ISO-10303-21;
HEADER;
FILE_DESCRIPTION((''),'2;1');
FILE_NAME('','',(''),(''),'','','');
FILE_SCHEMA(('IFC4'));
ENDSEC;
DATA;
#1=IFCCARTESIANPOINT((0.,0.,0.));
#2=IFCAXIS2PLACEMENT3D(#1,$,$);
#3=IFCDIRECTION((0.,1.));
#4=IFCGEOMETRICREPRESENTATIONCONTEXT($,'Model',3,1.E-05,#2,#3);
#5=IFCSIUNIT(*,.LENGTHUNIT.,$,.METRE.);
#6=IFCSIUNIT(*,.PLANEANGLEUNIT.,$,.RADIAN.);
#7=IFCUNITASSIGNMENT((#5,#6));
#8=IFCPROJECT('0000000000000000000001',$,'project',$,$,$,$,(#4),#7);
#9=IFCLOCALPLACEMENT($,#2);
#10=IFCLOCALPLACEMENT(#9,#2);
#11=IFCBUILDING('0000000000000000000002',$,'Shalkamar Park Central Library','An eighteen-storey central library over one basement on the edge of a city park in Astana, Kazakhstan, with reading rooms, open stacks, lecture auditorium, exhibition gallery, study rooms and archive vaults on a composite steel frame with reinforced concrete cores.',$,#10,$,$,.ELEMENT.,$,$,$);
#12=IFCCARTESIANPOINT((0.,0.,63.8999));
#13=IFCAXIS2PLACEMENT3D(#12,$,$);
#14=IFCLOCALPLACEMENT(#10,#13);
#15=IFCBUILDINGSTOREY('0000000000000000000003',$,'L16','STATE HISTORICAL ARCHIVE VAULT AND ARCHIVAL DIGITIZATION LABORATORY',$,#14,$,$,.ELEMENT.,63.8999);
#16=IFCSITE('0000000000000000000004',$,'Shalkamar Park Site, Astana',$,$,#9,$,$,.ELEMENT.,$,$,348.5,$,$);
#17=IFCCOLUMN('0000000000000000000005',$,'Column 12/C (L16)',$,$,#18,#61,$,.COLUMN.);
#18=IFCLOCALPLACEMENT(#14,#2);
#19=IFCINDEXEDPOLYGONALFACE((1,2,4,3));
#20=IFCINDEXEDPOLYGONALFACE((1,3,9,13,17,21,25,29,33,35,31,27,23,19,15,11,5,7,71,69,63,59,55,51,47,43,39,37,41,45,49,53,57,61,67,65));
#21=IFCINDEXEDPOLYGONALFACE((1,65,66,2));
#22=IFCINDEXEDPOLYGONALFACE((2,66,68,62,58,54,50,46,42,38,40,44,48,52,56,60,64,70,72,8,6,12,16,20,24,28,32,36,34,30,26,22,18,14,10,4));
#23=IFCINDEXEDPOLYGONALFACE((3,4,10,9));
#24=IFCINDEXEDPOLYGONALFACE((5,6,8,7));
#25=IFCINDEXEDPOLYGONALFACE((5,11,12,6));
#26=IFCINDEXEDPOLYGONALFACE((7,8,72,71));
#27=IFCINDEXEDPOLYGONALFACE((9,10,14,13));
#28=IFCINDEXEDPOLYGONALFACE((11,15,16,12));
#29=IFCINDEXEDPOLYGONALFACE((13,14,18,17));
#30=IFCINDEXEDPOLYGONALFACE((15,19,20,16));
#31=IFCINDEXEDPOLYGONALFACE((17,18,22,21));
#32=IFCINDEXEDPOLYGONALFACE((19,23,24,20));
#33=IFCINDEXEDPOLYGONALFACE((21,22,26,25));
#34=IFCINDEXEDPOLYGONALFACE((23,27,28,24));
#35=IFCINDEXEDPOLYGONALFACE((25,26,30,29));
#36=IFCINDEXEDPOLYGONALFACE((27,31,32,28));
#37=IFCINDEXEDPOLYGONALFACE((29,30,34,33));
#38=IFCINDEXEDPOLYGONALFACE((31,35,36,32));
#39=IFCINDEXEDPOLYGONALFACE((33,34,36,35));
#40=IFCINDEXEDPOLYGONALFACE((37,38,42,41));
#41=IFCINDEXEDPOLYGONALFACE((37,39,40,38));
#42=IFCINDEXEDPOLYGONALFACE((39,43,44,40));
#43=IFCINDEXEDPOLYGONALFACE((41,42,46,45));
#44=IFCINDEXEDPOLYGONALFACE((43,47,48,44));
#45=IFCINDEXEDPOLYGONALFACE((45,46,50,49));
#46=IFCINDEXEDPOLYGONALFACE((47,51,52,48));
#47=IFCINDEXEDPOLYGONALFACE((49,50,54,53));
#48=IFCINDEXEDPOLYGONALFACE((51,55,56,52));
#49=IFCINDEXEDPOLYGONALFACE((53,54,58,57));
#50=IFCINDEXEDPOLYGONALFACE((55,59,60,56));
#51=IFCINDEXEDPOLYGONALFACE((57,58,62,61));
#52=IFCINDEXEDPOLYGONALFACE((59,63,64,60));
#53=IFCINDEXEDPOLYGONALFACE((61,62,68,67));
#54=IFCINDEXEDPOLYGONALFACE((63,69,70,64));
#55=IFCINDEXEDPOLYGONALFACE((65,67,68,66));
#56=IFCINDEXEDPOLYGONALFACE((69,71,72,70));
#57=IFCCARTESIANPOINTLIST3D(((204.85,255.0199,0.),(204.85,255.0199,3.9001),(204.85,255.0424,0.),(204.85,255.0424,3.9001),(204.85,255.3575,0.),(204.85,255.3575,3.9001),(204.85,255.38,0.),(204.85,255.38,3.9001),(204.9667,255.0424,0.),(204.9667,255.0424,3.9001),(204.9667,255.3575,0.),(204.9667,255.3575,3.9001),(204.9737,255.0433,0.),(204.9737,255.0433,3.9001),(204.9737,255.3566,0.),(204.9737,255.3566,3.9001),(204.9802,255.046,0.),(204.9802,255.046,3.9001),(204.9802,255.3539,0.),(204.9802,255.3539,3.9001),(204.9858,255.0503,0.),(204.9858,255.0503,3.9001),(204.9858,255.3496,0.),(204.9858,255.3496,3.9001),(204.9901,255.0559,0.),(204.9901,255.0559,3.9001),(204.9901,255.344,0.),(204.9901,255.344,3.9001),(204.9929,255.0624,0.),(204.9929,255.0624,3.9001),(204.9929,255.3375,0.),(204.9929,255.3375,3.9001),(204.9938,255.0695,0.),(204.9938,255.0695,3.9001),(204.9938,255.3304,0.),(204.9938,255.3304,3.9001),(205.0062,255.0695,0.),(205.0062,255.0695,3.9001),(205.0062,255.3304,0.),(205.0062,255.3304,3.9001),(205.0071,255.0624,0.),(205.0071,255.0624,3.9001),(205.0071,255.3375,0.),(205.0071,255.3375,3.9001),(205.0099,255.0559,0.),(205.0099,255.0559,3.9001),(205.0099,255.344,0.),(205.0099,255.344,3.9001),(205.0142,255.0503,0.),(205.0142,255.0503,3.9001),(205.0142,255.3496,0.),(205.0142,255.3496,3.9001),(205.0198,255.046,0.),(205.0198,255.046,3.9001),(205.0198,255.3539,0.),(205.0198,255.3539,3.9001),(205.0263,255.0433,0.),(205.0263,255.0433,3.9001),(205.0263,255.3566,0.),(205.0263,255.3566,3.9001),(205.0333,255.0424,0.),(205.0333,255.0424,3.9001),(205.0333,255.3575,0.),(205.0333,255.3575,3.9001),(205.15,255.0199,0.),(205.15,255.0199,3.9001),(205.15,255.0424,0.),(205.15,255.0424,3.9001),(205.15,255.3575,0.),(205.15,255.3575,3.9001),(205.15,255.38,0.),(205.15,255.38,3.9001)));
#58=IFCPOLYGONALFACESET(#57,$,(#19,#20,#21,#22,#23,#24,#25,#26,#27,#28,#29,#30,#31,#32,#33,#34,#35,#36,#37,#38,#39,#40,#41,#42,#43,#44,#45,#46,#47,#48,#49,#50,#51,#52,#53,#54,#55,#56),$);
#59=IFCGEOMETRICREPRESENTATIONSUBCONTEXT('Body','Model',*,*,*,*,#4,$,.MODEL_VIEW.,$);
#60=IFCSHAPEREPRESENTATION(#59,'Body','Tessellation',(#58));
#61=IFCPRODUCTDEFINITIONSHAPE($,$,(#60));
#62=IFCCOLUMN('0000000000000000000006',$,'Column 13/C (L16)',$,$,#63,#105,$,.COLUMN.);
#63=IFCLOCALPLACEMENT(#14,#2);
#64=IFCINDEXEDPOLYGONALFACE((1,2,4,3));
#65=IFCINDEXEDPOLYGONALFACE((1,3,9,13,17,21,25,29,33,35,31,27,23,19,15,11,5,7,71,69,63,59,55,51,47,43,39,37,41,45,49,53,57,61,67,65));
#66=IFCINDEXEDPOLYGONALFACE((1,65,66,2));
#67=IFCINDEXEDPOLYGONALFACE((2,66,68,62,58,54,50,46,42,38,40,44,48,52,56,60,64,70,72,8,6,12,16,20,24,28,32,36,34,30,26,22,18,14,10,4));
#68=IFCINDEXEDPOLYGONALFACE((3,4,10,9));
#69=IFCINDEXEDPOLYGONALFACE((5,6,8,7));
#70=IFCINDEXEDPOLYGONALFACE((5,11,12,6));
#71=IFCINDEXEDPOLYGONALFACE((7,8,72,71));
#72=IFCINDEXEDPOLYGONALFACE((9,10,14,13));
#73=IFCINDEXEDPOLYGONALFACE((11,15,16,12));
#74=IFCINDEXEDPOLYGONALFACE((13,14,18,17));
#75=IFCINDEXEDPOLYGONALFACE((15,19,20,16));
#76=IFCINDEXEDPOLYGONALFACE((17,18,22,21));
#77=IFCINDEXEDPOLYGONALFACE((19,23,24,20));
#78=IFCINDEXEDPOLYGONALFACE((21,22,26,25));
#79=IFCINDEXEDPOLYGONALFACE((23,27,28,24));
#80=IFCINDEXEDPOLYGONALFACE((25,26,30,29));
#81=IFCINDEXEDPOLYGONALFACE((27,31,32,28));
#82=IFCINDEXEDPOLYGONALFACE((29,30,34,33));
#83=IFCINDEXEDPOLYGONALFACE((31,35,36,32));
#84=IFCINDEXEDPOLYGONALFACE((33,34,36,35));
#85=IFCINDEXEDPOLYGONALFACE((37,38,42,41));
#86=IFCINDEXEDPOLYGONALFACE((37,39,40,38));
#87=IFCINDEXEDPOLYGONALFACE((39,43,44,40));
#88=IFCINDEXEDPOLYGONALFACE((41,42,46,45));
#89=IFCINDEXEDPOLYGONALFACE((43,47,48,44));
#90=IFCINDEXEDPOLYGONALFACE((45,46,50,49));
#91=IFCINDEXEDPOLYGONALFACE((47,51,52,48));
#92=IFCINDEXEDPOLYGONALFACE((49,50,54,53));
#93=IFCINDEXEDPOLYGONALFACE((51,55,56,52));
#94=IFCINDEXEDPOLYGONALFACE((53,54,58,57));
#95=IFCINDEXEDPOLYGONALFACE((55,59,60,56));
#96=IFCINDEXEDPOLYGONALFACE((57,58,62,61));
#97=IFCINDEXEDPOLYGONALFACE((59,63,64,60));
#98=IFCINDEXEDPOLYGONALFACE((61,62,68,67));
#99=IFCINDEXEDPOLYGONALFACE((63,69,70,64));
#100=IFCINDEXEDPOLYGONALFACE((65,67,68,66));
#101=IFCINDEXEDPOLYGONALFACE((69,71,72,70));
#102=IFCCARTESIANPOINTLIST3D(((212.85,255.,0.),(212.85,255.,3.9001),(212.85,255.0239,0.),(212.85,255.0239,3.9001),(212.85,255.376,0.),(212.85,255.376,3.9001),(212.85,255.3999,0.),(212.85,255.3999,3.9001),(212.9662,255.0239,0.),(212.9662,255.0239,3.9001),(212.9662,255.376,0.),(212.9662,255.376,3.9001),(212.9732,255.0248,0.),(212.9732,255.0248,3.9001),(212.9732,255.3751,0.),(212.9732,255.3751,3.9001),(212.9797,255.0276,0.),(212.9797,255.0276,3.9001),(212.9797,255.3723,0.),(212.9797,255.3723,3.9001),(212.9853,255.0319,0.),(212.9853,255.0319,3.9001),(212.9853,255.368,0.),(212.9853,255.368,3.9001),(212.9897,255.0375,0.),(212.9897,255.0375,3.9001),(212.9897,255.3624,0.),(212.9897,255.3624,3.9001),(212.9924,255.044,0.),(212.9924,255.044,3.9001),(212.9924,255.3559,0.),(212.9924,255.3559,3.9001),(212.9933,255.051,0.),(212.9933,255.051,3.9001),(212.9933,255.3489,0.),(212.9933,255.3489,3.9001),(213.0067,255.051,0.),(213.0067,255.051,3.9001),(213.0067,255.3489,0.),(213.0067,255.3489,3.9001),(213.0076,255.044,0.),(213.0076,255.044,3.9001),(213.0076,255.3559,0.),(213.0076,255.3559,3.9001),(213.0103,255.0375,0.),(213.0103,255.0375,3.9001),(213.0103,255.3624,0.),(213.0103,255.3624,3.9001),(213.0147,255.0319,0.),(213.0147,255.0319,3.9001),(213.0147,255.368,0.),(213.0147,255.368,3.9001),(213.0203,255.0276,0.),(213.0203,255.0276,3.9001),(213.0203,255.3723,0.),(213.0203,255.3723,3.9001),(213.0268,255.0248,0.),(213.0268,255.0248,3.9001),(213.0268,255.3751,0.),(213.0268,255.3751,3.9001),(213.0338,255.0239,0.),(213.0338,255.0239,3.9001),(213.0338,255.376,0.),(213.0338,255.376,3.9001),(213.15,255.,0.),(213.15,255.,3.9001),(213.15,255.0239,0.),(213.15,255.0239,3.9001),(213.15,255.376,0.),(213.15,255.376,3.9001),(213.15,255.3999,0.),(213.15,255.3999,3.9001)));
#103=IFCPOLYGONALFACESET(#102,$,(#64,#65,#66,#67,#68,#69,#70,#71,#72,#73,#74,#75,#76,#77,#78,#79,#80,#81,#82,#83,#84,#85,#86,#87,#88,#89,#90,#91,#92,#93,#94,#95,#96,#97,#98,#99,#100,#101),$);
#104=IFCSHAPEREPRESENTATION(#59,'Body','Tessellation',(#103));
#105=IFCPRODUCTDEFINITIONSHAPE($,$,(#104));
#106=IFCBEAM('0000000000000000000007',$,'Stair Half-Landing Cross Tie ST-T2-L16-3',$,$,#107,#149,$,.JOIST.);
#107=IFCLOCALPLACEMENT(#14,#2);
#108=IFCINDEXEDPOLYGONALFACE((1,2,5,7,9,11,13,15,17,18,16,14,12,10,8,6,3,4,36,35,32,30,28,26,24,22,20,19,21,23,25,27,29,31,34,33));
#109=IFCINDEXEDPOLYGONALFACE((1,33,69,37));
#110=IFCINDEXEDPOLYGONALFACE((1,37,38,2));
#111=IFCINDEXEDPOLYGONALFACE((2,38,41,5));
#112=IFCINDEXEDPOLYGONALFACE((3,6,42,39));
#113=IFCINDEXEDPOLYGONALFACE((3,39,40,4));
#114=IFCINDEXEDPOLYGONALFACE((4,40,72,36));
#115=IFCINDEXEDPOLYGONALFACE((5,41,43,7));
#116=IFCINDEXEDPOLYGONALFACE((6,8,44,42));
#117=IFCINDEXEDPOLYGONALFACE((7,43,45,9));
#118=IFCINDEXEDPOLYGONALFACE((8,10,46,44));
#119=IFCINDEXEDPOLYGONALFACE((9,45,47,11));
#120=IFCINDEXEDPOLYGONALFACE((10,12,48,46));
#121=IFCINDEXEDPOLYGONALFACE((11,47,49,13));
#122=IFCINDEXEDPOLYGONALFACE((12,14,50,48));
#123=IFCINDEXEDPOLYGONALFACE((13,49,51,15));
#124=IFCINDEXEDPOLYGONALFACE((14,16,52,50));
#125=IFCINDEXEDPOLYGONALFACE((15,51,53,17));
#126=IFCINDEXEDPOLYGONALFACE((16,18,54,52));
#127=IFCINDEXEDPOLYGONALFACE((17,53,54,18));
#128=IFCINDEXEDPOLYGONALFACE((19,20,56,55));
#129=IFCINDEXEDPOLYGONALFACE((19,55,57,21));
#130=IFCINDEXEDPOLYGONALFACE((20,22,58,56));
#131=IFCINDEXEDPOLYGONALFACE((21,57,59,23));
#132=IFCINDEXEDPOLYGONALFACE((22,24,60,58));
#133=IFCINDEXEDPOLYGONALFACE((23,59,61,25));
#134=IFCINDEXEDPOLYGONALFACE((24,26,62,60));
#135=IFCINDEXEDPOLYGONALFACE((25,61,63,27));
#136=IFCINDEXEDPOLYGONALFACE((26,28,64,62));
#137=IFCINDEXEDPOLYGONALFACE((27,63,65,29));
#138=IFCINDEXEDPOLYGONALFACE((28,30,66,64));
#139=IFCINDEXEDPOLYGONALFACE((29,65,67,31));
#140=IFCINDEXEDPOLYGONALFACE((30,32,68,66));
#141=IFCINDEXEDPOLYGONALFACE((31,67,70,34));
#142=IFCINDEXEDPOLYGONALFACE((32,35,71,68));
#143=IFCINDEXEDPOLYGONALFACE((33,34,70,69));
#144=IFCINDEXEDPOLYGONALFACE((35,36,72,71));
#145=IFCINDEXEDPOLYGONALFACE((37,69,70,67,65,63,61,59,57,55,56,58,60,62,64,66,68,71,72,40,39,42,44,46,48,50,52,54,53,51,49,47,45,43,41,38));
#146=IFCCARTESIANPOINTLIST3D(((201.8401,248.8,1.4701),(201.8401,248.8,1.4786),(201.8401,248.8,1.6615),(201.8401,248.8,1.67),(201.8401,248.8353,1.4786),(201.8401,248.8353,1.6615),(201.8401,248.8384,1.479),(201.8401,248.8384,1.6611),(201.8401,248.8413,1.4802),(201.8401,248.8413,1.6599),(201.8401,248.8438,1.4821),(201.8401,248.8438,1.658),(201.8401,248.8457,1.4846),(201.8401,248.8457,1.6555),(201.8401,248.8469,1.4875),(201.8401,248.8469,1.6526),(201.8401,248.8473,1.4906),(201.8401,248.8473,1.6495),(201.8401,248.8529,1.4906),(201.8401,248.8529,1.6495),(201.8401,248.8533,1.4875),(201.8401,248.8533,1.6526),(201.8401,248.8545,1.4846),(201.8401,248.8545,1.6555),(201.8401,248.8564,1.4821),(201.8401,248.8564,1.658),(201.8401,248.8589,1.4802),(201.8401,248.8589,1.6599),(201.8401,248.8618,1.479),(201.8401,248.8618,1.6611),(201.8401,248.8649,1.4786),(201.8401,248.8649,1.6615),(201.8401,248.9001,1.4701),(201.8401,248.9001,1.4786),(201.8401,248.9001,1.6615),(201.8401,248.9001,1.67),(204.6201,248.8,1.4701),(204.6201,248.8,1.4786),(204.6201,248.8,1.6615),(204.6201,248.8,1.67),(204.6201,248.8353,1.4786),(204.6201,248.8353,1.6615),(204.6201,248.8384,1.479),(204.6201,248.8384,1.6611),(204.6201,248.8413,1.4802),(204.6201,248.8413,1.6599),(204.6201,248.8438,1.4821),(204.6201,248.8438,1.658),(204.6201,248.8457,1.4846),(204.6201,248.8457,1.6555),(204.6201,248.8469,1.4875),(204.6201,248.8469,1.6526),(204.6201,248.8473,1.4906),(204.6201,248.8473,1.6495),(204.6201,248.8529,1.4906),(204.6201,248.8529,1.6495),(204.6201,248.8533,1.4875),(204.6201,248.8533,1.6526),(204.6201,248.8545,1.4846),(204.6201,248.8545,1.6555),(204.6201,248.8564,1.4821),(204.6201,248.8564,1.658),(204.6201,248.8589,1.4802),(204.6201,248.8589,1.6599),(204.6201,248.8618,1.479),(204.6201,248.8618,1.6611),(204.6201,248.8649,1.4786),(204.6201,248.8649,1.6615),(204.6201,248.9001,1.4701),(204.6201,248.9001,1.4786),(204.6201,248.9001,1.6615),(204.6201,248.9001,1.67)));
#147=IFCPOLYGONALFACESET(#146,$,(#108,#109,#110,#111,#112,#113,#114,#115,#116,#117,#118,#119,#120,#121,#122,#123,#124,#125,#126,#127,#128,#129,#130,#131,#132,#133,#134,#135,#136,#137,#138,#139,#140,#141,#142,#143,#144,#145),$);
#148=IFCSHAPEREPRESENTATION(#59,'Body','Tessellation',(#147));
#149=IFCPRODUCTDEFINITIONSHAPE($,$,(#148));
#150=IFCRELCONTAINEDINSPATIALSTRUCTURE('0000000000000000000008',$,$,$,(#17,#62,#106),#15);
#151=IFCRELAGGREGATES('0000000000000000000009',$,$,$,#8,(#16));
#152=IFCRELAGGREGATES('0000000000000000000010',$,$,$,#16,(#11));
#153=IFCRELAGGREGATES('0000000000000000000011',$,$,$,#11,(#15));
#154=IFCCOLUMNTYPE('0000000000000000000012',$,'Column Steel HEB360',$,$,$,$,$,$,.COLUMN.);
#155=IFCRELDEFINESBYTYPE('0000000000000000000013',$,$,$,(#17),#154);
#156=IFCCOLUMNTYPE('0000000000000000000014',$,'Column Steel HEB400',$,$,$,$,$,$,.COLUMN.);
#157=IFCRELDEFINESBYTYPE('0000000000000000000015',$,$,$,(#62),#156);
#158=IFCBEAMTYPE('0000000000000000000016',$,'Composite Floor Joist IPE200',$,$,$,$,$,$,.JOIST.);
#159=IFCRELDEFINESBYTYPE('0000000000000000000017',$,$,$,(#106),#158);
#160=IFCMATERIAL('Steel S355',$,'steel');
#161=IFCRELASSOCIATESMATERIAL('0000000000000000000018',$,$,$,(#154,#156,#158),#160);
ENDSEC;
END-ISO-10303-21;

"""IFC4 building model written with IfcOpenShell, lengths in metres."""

from ifc_helpers import new_model, si_unit, direction, frame, origin, origin_2d, place, context, subcontext, project, spatial, i_section, extrude, material, material_profile, profile_set, type_object, element, save


model = new_model("IFC4")

# Units and contexts
model_context = context("Model", 3, precision=1e-05, world=origin(), true_north=direction((0.0, 1.0)))
body_context = subcontext(model_context, "Body", "Model", "MODEL_VIEW")
ifc_project = project(units=[si_unit("LENGTHUNIT", "METRE"), si_unit("PLANEANGLEUNIT", "RADIAN")], contexts=[model_context])

# Site, building, storey
site_placement = place(None, origin())
site = spatial("IfcSite", under=ifc_project, at=site_placement, Name="Shalkamar Park Site, Astana", CompositionType="ELEMENT", RefElevation=348.5)
building_placement = place(site_placement, origin())
building = spatial("IfcBuilding", under=site, at=building_placement, Name="Shalkamar Park Central Library", Description="An eighteen-storey central library over one basement on the edge of a city park in Astana, Kazakhstan, with reading rooms, open stacks, lecture auditorium, exhibition gallery, study rooms and archive vaults on a composite steel frame with reinforced concrete cores.", CompositionType="ELEMENT")
storey_placement = place(building_placement, frame((0.0, 0.0, 63.8999)))
storey = spatial("IfcBuildingStorey", under=building, at=storey_placement, Name="L16", Description="STATE HISTORICAL ARCHIVE VAULT AND ARCHIVAL DIGITIZATION LABORATORY", CompositionType="ELEMENT", Elevation=63.8999)

# Columns
ifc_material_1 = material(Name="Steel S355", Category="steel")
ifc_material_profile_1 = material_profile(ifc_material_1, i_section(OverallWidth=0.3, OverallDepth=0.3601, WebThickness=0.0125, FlangeThickness=0.0225, FilletRadius=0.0271, at=origin_2d()), Name="HEB 360")
ifc_profile_set_1 = profile_set([ifc_material_profile_1], Name="Steel S355")
column_type_1 = type_object("IfcColumnType", Name="Column Steel HEB360", PredefinedType="COLUMN", material=ifc_profile_set_1)
column_1_placement = place(storey_placement, frame((205.0, 255.2, 0.0), z_axis=(0.0, 0.0, 1.0), x_axis=(1.0, 0.0, 0.0)))
element("IfcColumn", 1, at=column_1_placement, inside=storey, type_object=column_type_1, Name="Column 12/C (L16)", PredefinedType="COLUMN", context=body_context, shape_type="SweptSolid", body=[
    extrude(i_section(OverallWidth=0.3, OverallDepth=0.3601, WebThickness=0.0125, FlangeThickness=0.0225, FilletRadius=0.0271, at=origin_2d()), origin(), (0.0, 0.0, 1.0), 3.9001),
])
ifc_material_profile_2 = material_profile(ifc_material_1, i_section(OverallWidth=0.3, OverallDepth=0.3999, WebThickness=0.0134, FlangeThickness=0.0239, FilletRadius=0.0271, at=origin_2d()), Name="HEB 400")
ifc_profile_set_2 = profile_set([ifc_material_profile_2], Name="Steel S355")
column_type_2 = type_object("IfcColumnType", Name="Column Steel HEB400", PredefinedType="COLUMN", material=ifc_profile_set_2)
column_2_placement = place(storey_placement, frame((213.0, 255.2, 0.0), z_axis=(0.0, 0.0, 1.0), x_axis=(1.0, 0.0, 0.0)))
element("IfcColumn", 2, at=column_2_placement, inside=storey, type_object=column_type_2, Name="Column 13/C (L16)", PredefinedType="COLUMN", context=body_context, shape_type="SweptSolid", body=[
    extrude(i_section(OverallWidth=0.3, OverallDepth=0.3999, WebThickness=0.0134, FlangeThickness=0.0239, FilletRadius=0.0271, at=origin_2d()), origin(), (0.0, 0.0, 1.0), 3.9001),
])

# Beam
ifc_material_profile_3 = material_profile(ifc_material_1, i_section(OverallWidth=0.1001, OverallDepth=0.2, WebThickness=0.0056, FlangeThickness=0.0085, FilletRadius=0.012, at=origin_2d()), Name="IPE 200")
ifc_profile_set_3 = profile_set([ifc_material_profile_3], Name="Steel S355")
beam_type_1 = type_object("IfcBeamType", Name="Composite Floor Joist IPE200", PredefinedType="JOIST", material=ifc_profile_set_3)
beam_1_placement = place(storey_placement, frame((201.8401, 248.8501, 1.5701), z_axis=(1.0, 0.0, 0.0), x_axis=(0.0, 1.0, 0.0)))
element("IfcBeam", 3, at=beam_1_placement, inside=storey, type_object=beam_type_1, Name="Stair Half-Landing Cross Tie ST-T2-L16-3", PredefinedType="JOIST", context=body_context, shape_type="SweptSolid", body=[
    extrude(i_section(OverallWidth=0.1001, OverallDepth=0.2, WebThickness=0.0056, FlangeThickness=0.0085, FilletRadius=0.012, at=origin_2d()), origin(), (0.0, 0.0, 1.0), 2.78),
])

save(model, "model.ifc")
